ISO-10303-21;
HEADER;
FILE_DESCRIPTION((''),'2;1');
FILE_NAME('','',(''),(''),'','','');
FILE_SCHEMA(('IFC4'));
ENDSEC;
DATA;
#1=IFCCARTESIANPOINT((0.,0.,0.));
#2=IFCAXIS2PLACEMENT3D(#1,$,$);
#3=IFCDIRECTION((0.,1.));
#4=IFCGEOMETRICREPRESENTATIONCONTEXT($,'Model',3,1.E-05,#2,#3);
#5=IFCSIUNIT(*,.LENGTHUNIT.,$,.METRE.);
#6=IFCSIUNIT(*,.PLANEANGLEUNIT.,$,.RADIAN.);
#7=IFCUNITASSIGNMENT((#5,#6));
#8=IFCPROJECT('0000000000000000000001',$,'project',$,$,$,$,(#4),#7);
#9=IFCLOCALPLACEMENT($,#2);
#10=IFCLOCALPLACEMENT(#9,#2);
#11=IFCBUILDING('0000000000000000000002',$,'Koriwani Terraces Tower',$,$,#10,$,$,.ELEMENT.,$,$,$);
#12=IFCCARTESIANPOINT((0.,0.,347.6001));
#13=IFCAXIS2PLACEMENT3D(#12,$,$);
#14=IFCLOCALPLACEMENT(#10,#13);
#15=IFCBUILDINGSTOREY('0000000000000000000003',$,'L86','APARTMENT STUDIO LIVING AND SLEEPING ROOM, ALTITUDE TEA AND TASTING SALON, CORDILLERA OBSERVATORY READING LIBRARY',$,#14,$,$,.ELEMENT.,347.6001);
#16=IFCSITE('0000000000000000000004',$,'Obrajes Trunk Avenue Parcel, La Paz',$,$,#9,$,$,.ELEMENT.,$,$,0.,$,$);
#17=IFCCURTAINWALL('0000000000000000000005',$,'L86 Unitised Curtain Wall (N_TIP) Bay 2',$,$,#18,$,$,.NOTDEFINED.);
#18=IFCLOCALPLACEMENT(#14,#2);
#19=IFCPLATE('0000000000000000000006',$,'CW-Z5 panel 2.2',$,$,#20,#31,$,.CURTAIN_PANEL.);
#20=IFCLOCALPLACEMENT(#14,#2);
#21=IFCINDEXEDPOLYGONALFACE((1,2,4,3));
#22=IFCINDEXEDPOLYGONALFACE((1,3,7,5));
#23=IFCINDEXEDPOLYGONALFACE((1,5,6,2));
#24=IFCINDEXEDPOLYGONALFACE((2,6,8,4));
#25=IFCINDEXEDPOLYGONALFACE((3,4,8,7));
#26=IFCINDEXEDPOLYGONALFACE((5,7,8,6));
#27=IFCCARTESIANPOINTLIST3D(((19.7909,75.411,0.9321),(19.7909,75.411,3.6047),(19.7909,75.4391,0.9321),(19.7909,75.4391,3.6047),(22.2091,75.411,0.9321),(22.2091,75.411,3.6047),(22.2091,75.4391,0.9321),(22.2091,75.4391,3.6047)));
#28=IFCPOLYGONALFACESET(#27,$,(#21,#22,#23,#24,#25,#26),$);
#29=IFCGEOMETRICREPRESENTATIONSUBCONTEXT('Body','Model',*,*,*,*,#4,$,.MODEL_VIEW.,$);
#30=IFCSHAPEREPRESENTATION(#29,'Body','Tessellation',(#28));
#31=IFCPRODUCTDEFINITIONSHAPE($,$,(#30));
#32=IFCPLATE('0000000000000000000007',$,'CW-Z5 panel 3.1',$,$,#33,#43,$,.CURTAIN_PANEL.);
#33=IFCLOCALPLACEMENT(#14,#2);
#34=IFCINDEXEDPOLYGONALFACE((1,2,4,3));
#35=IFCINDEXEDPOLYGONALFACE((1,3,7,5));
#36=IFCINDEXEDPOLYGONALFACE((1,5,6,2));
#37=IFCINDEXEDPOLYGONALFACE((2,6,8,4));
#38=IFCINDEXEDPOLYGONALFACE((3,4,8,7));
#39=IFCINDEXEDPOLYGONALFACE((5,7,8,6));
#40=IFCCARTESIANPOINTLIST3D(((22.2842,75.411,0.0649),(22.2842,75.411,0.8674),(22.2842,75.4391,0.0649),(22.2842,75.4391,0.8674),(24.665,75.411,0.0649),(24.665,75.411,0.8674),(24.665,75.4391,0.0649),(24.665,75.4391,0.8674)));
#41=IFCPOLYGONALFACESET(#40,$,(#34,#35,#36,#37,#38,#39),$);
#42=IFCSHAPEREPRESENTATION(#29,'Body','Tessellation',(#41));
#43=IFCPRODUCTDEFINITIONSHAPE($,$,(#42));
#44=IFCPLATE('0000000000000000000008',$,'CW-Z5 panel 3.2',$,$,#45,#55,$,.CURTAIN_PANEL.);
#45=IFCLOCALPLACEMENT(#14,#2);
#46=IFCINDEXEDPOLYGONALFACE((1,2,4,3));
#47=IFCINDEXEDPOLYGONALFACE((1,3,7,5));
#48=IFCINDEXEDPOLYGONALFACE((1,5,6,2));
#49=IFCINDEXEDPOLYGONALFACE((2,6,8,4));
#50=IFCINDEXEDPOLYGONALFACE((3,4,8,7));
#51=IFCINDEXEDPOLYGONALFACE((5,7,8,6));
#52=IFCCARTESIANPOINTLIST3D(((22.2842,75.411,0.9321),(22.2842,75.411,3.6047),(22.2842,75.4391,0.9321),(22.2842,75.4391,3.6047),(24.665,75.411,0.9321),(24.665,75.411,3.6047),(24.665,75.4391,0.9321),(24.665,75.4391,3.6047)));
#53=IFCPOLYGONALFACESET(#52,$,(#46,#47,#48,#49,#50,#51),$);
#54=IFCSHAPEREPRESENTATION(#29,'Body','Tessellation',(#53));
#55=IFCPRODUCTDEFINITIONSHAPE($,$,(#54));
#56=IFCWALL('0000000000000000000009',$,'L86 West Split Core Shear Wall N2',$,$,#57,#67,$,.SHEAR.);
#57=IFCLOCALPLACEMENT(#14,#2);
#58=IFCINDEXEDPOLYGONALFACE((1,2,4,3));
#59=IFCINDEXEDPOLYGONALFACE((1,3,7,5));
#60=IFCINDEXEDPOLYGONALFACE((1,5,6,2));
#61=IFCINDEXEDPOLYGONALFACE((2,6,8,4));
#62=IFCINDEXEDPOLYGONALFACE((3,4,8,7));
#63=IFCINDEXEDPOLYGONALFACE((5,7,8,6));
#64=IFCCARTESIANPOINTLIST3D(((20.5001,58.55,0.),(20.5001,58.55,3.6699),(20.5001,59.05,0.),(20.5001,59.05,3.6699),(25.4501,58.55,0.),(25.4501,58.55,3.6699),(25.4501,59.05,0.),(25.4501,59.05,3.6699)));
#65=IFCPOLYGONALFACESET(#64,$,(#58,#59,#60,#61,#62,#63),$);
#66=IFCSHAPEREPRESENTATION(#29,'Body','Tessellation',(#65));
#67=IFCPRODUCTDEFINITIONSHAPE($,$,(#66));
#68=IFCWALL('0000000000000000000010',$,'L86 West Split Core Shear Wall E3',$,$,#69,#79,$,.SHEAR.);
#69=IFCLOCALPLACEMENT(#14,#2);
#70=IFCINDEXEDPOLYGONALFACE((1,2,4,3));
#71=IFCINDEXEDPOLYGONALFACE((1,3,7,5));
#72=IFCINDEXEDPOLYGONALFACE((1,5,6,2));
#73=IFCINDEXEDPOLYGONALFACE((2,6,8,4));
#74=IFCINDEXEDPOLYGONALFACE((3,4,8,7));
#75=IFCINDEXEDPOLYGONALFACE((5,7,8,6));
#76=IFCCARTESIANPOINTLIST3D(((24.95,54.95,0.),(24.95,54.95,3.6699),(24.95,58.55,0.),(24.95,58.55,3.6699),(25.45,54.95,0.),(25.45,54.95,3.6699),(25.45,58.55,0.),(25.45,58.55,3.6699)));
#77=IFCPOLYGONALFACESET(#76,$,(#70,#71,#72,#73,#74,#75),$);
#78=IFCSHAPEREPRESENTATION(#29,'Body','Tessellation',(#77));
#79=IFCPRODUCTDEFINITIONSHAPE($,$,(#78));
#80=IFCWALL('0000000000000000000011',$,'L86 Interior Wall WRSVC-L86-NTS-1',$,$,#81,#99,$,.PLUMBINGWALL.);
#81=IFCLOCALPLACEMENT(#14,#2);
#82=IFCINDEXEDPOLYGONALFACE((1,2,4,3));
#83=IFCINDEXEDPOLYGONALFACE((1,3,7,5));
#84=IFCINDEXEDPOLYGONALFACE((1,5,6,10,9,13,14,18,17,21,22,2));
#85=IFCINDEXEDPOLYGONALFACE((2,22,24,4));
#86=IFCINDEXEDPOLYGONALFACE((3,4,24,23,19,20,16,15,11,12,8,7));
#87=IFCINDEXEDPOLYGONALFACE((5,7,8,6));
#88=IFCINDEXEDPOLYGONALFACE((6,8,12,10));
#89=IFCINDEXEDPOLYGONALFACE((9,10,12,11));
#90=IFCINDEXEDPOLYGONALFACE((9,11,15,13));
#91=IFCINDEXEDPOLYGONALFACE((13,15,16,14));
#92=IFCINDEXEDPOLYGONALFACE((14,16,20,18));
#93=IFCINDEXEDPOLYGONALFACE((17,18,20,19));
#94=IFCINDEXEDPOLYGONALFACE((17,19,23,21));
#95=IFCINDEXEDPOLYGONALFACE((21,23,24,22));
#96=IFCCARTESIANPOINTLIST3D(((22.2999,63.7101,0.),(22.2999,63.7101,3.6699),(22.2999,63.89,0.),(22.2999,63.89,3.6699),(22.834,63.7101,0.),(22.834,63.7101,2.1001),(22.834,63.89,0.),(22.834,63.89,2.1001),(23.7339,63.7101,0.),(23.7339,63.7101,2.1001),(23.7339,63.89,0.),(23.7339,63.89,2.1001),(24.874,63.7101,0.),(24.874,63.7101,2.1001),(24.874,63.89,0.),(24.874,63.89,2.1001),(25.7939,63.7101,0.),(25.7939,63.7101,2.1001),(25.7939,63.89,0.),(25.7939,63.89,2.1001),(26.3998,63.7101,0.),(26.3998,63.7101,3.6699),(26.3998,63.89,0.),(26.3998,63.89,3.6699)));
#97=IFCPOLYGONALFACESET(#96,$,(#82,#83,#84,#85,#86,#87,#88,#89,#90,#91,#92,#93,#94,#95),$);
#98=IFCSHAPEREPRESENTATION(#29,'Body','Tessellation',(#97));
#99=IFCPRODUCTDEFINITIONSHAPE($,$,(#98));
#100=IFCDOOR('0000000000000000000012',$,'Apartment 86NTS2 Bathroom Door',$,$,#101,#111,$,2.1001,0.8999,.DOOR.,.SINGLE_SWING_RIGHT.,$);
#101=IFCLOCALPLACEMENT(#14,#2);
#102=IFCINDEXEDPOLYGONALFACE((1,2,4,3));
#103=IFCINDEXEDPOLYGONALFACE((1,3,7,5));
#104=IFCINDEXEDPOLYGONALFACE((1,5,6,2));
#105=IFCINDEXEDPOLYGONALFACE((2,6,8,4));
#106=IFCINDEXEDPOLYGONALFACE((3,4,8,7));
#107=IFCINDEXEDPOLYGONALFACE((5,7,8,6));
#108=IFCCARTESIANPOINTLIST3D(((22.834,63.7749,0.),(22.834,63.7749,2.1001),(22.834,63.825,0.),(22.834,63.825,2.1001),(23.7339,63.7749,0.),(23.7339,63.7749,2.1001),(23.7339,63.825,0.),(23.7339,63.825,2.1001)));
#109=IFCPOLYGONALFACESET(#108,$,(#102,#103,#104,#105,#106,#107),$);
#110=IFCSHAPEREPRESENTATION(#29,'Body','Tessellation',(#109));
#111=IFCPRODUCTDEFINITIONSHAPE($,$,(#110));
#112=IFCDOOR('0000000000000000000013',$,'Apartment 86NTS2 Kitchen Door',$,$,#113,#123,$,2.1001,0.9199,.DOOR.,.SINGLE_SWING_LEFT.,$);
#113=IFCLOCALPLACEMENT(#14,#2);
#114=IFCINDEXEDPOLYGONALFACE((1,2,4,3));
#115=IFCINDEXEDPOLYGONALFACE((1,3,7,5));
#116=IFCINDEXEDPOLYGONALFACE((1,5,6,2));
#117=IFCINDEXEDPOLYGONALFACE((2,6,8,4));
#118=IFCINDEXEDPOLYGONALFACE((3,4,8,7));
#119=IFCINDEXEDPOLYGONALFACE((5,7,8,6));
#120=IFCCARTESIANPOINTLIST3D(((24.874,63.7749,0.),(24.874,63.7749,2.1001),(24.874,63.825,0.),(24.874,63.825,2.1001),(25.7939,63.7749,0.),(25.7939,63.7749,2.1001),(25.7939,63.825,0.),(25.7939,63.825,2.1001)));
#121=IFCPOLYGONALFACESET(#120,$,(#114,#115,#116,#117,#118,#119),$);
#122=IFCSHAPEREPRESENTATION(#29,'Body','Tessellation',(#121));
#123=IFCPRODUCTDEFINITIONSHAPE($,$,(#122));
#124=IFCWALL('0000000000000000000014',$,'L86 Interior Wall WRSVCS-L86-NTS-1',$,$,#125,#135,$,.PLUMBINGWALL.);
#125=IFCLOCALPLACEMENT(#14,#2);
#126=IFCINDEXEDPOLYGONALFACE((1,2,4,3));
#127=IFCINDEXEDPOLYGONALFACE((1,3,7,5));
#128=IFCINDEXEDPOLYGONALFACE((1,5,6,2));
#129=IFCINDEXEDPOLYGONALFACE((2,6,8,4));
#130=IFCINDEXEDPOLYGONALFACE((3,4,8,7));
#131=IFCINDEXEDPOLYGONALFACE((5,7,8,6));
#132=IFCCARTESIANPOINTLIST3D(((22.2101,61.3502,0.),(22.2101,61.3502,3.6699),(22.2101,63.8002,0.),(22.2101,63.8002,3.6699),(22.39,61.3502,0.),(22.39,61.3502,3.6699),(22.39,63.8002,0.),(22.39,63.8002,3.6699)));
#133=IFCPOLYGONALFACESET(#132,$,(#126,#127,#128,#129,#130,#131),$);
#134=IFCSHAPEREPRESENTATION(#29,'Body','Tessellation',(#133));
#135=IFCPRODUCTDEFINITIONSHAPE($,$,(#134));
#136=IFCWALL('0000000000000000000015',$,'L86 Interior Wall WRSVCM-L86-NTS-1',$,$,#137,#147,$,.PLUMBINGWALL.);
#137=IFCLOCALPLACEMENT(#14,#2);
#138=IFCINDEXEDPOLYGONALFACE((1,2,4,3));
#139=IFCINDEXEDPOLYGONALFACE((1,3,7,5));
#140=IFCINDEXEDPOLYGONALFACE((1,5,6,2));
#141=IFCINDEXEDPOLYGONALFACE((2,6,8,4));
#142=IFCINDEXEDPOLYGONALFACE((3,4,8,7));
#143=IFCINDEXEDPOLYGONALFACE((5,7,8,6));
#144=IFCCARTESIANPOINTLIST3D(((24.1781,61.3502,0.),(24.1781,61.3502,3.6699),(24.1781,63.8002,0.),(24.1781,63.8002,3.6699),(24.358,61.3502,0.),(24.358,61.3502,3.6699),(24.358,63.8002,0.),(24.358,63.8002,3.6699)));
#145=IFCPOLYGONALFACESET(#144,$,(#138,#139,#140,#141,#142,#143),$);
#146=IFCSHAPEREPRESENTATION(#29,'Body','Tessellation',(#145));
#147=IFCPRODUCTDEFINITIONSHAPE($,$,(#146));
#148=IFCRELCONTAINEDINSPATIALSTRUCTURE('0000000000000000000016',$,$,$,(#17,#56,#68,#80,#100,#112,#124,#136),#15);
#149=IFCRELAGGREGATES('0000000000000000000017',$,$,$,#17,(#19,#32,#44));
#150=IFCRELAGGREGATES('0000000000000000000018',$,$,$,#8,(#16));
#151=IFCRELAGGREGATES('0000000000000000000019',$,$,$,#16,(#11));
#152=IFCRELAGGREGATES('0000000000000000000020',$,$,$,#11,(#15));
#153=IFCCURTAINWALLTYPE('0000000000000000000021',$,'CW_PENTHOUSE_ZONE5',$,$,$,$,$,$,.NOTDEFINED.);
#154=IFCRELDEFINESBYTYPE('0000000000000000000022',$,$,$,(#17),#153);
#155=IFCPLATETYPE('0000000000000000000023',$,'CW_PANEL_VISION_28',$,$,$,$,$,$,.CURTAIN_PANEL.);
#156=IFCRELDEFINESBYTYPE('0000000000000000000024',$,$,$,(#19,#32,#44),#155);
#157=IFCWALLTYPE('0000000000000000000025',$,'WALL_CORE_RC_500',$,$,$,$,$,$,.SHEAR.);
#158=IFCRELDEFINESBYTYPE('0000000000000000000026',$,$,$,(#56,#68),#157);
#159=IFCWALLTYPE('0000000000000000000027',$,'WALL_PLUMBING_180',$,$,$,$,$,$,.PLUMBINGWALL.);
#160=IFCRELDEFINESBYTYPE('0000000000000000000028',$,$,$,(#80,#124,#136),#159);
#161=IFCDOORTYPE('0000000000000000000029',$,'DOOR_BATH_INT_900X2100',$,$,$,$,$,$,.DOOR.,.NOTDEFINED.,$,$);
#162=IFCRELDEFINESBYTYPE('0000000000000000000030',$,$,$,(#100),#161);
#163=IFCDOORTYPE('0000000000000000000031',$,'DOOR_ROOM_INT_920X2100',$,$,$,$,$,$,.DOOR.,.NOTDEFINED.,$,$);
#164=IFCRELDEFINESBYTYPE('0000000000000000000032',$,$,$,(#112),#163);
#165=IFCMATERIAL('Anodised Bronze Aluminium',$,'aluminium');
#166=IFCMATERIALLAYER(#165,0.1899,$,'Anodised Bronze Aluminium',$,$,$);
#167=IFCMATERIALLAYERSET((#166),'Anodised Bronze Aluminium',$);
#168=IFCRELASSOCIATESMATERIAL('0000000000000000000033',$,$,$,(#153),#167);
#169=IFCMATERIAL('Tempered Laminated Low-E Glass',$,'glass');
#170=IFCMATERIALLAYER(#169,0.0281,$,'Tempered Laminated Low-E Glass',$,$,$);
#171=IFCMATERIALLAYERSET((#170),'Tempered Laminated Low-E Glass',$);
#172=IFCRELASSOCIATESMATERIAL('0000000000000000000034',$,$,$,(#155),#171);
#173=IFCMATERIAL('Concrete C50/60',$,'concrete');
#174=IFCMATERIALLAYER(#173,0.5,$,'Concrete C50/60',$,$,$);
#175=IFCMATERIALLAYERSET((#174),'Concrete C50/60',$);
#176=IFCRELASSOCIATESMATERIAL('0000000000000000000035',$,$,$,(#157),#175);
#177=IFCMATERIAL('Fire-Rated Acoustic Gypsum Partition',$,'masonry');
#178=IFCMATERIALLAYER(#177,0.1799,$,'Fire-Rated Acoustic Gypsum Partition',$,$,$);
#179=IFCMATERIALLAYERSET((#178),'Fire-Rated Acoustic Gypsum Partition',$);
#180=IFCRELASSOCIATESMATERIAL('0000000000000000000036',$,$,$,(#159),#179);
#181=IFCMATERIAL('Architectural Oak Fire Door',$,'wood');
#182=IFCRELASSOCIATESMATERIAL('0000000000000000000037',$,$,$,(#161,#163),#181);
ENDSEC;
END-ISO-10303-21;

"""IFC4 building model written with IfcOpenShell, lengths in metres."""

from ifc_helpers import new_model, si_unit, direction, frame, frame_2d, origin, origin_2d, place, context, subcontext, project, spatial, rectangle, extrude, material, layer, layer_set, type_object, element, fill, aggregate, save


model = new_model("IFC4")

# Units and contexts
model_context = context("Model", 3, precision=1e-05, world=origin(), true_north=direction((0.0, 1.0)))
body_context = subcontext(model_context, "Body", "Model", "MODEL_VIEW")
ifc_project = project(units=[si_unit("LENGTHUNIT", "METRE"), si_unit("PLANEANGLEUNIT", "RADIAN")], contexts=[model_context])

# Site, building, storey
site_placement = place(None, origin())
site = spatial("IfcSite", under=ifc_project, at=site_placement, Name="Obrajes Trunk Avenue Parcel, La Paz", CompositionType="ELEMENT", RefElevation=0.0)
building_placement = place(site_placement, origin())
building = spatial("IfcBuilding", under=site, at=building_placement, Name="Koriwani Terraces Tower", CompositionType="ELEMENT")
storey_placement = place(building_placement, frame((0.0, 0.0, 347.6001)))
storey = spatial("IfcBuildingStorey", under=building, at=storey_placement, Name="L86", Description="APARTMENT STUDIO LIVING AND SLEEPING ROOM, ALTITUDE TEA AND TASTING SALON, CORDILLERA OBSERVATORY READING LIBRARY", CompositionType="ELEMENT", Elevation=347.6001)

# Shared definitions
ifc_material_1 = material(Name="Concrete C50/60", Category="concrete")

# Curtain wall
ifc_material_2 = material(Name="Anodised Bronze Aluminium", Category="aluminium")
ifc_layer_1 = layer(ifc_material_2, 0.1899, Name="Anodised Bronze Aluminium")
ifc_layer_set_1 = layer_set([ifc_layer_1], Name="Anodised Bronze Aluminium")
curtain_wall_type = type_object("IfcCurtainWallType", Name="CW_PENTHOUSE_ZONE5", PredefinedType="NOTDEFINED", material=ifc_layer_set_1)
curtain_wall_placement = place(storey_placement, origin())
curtain_wall = element("IfcCurtainWall", 1, at=curtain_wall_placement, inside=storey, type_object=curtain_wall_type, Name="L86 Unitised Curtain Wall (N_TIP) Bay 2", PredefinedType="NOTDEFINED")

# Plates
ifc_material_3 = material(Name="Tempered Laminated Low-E Glass", Category="glass")
ifc_layer_2 = layer(ifc_material_3, 0.0281, Name="Tempered Laminated Low-E Glass")
ifc_layer_set_2 = layer_set([ifc_layer_2], Name="Tempered Laminated Low-E Glass")
plate_type = type_object("IfcPlateType", Name="CW_PANEL_VISION_28", PredefinedType="CURTAIN_PANEL", material=ifc_layer_set_2)
plate_1_placement = place(storey_placement, frame((21.0, 75.425, 0.9321), z_axis=(0.0, 0.0, 1.0), x_axis=(1.0, 0.0, 0.0)))
plate_1 = element("IfcPlate", 2, at=plate_1_placement, type_object=plate_type, Name="CW-Z5 panel 2.2", PredefinedType="CURTAIN_PANEL", context=body_context, shape_type="SweptSolid", body=[
    extrude(rectangle(XDim=2.4182, YDim=0.0281, at=origin_2d()), origin(), (0.0, 0.0, 1.0), 2.6726),
])
plate_2_placement = place(storey_placement, frame((23.4746, 75.425, 0.0649), z_axis=(0.0, 0.0, 1.0), x_axis=(1.0, 0.0, 0.0)))
plate_2 = element("IfcPlate", 3, at=plate_2_placement, type_object=plate_type, Name="CW-Z5 panel 3.1", PredefinedType="CURTAIN_PANEL", context=body_context, shape_type="SweptSolid", body=[
    extrude(rectangle(XDim=2.3809, YDim=0.0281, at=origin_2d()), origin(), (0.0, 0.0, 1.0), 0.8025),
])
plate_3_placement = place(storey_placement, frame((23.4746, 75.425, 0.9321), z_axis=(0.0, 0.0, 1.0), x_axis=(1.0, 0.0, 0.0)))
plate_3 = element("IfcPlate", 4, at=plate_3_placement, type_object=plate_type, Name="CW-Z5 panel 3.2", PredefinedType="CURTAIN_PANEL", context=body_context, shape_type="SweptSolid", body=[
    extrude(rectangle(XDim=2.3809, YDim=0.0281, at=origin_2d()), origin(), (0.0, 0.0, 1.0), 2.6726),
])
aggregate(curtain_wall, [plate_1, plate_2, plate_3])

# Walls
ifc_layer_3 = layer(ifc_material_1, 0.5, Name="Concrete C50/60")
ifc_layer_set_3 = layer_set([ifc_layer_3], Name="Concrete C50/60")
wall_type_1 = type_object("IfcWallType", Name="WALL_CORE_RC_500", PredefinedType="SHEAR", material=ifc_layer_set_3)
wall_1_placement = place(storey_placement, frame((20.5, 58.8, 0.0), z_axis=(0.0, 0.0, 1.0), x_axis=(1.0, 0.0, 0.0)))
element("IfcWall", 5, at=wall_1_placement, inside=storey, type_object=wall_type_1, Name="L86 West Split Core Shear Wall N2", PredefinedType="SHEAR", context=body_context, shape_type="SweptSolid", body=[
    extrude(rectangle(XDim=4.95, YDim=0.5, at=frame_2d((2.4751, 0.0))), origin(), (0.0, 0.0, 1.0), 3.6699),
])
wall_2_placement = place(storey_placement, frame((25.2, 54.95, 0.0), z_axis=(0.0, 0.0, 1.0), x_axis=(0.0, 1.0, 0.0)))
element("IfcWall", 6, at=wall_2_placement, inside=storey, type_object=wall_type_1, Name="L86 West Split Core Shear Wall E3", PredefinedType="SHEAR", context=body_context, shape_type="SweptSolid", body=[
    extrude(rectangle(XDim=3.6001, YDim=0.5, at=frame_2d((1.8, 0.0))), origin(), (0.0, 0.0, 1.0), 3.6699),
])

# Wall, openings, doors
ifc_material_4 = material(Name="Fire-Rated Acoustic Gypsum Partition", Category="masonry")
ifc_layer_4 = layer(ifc_material_4, 0.1799, Name="Fire-Rated Acoustic Gypsum Partition")
ifc_layer_set_4 = layer_set([ifc_layer_4], Name="Fire-Rated Acoustic Gypsum Partition")
wall_type_2 = type_object("IfcWallType", Name="WALL_PLUMBING_180", PredefinedType="PLUMBINGWALL", material=ifc_layer_set_4)
wall_3_placement = place(storey_placement, frame((22.3, 63.8, 0.0), z_axis=(0.0, 0.0, 1.0), x_axis=(1.0, 0.0, 0.0)))
wall_3 = element("IfcWall", 7, at=wall_3_placement, inside=storey, type_object=wall_type_2, Name="L86 Interior Wall WRSVC-L86-NTS-1", PredefinedType="PLUMBINGWALL", context=body_context, shape_type="SweptSolid", body=[
    extrude(rectangle(XDim=4.0999, YDim=0.1799, at=frame_2d((2.0498, 0.0))), origin(), (0.0, 0.0, 1.0), 3.6699),
])
opening_1_placement = place(wall_3_placement, frame((0.5339, 0.0, 0.0)))
opening_1 = element("IfcOpeningElement", 8, at=opening_1_placement, cuts=wall_3, PredefinedType="OPENING", context=body_context, shape_type="SweptSolid", body=[
    extrude(rectangle(XDim=0.8999, YDim=2.1001, at=frame_2d((0.45, 1.05))), frame((0.0, 0.1001, 0.0), z_axis=(0.0, -1.0, 0.0), x_axis=(1.0, 0.0, 0.0)), (0.0, 0.0, 1.0), 0.2),
])
opening_2_placement = place(wall_3_placement, frame((2.574, 0.0, 0.0)))
opening_2 = element("IfcOpeningElement", 9, at=opening_2_placement, cuts=wall_3, PredefinedType="OPENING", context=body_context, shape_type="SweptSolid", body=[
    extrude(rectangle(XDim=0.9199, YDim=2.1001, at=frame_2d((0.46, 1.05))), frame((0.0, 0.1001, 0.0), z_axis=(0.0, -1.0, 0.0), x_axis=(1.0, 0.0, 0.0)), (0.0, 0.0, 1.0), 0.2),
])
ifc_material_5 = material(Name="Architectural Oak Fire Door", Category="wood")
door_type_1 = type_object("IfcDoorType", Name="DOOR_BATH_INT_900X2100", OperationType="NOTDEFINED", PredefinedType="DOOR", material=ifc_material_5)
door_1_placement = place(opening_1_placement, origin())
door_1 = element("IfcDoor", 10, at=door_1_placement, inside=storey, type_object=door_type_1, Name="Apartment 86NTS2 Bathroom Door", OperationType="SINGLE_SWING_RIGHT", OverallHeight=2.1001, OverallWidth=0.8999, PredefinedType="DOOR", context=body_context, shape_type="SweptSolid", body=[
    extrude(rectangle(XDim=0.8999, YDim=2.1001, at=frame_2d((0.45, 1.05))), frame((0.0, 0.0249, 0.0), z_axis=(0.0, -1.0, 0.0), x_axis=(1.0, 0.0, 0.0)), (0.0, 0.0, 1.0), 0.05),
])
fill(opening_1, door_1)
door_type_2 = type_object("IfcDoorType", Name="DOOR_ROOM_INT_920X2100", OperationType="NOTDEFINED", PredefinedType="DOOR", material=ifc_material_5)
door_2_placement = place(opening_2_placement, origin())
door_2 = element("IfcDoor", 11, at=door_2_placement, inside=storey, type_object=door_type_2, Name="Apartment 86NTS2 Kitchen Door", OperationType="SINGLE_SWING_LEFT", OverallHeight=2.1001, OverallWidth=0.9199, PredefinedType="DOOR", context=body_context, shape_type="SweptSolid", body=[
    extrude(rectangle(XDim=0.9199, YDim=2.1001, at=frame_2d((0.46, 1.05))), frame((0.0, 0.0249, 0.0), z_axis=(0.0, -1.0, 0.0), x_axis=(1.0, 0.0, 0.0)), (0.0, 0.0, 1.0), 0.05),
])
fill(opening_2, door_2)

# Walls
for number, where, z_axis, x_axis, name in (
    (12, (22.3, 61.3501, 0.0), (0.0, 0.0, 1.0), (0.0, 1.0, 0.0), "L86 Interior Wall WRSVCS-L86-NTS-1"),
    (13, (24.2681, 61.3501, 0.0), (0.0, 0.0, 1.0), (0.0, 1.0, 0.0), "L86 Interior Wall WRSVCM-L86-NTS-1"),
):
    element("IfcWall", number, at=place(storey_placement, frame(where, z_axis=z_axis, x_axis=x_axis)), inside=storey, type_object=wall_type_2, Name=name, PredefinedType="PLUMBINGWALL", context=body_context, shape_type="SweptSolid", body=[
        extrude(rectangle(XDim=2.45, YDim=0.1799, at=frame_2d((1.2251, 0.0))), origin(), (0.0, 0.0, 1.0), 3.6699),
    ])

save(model, "model.ifc")
